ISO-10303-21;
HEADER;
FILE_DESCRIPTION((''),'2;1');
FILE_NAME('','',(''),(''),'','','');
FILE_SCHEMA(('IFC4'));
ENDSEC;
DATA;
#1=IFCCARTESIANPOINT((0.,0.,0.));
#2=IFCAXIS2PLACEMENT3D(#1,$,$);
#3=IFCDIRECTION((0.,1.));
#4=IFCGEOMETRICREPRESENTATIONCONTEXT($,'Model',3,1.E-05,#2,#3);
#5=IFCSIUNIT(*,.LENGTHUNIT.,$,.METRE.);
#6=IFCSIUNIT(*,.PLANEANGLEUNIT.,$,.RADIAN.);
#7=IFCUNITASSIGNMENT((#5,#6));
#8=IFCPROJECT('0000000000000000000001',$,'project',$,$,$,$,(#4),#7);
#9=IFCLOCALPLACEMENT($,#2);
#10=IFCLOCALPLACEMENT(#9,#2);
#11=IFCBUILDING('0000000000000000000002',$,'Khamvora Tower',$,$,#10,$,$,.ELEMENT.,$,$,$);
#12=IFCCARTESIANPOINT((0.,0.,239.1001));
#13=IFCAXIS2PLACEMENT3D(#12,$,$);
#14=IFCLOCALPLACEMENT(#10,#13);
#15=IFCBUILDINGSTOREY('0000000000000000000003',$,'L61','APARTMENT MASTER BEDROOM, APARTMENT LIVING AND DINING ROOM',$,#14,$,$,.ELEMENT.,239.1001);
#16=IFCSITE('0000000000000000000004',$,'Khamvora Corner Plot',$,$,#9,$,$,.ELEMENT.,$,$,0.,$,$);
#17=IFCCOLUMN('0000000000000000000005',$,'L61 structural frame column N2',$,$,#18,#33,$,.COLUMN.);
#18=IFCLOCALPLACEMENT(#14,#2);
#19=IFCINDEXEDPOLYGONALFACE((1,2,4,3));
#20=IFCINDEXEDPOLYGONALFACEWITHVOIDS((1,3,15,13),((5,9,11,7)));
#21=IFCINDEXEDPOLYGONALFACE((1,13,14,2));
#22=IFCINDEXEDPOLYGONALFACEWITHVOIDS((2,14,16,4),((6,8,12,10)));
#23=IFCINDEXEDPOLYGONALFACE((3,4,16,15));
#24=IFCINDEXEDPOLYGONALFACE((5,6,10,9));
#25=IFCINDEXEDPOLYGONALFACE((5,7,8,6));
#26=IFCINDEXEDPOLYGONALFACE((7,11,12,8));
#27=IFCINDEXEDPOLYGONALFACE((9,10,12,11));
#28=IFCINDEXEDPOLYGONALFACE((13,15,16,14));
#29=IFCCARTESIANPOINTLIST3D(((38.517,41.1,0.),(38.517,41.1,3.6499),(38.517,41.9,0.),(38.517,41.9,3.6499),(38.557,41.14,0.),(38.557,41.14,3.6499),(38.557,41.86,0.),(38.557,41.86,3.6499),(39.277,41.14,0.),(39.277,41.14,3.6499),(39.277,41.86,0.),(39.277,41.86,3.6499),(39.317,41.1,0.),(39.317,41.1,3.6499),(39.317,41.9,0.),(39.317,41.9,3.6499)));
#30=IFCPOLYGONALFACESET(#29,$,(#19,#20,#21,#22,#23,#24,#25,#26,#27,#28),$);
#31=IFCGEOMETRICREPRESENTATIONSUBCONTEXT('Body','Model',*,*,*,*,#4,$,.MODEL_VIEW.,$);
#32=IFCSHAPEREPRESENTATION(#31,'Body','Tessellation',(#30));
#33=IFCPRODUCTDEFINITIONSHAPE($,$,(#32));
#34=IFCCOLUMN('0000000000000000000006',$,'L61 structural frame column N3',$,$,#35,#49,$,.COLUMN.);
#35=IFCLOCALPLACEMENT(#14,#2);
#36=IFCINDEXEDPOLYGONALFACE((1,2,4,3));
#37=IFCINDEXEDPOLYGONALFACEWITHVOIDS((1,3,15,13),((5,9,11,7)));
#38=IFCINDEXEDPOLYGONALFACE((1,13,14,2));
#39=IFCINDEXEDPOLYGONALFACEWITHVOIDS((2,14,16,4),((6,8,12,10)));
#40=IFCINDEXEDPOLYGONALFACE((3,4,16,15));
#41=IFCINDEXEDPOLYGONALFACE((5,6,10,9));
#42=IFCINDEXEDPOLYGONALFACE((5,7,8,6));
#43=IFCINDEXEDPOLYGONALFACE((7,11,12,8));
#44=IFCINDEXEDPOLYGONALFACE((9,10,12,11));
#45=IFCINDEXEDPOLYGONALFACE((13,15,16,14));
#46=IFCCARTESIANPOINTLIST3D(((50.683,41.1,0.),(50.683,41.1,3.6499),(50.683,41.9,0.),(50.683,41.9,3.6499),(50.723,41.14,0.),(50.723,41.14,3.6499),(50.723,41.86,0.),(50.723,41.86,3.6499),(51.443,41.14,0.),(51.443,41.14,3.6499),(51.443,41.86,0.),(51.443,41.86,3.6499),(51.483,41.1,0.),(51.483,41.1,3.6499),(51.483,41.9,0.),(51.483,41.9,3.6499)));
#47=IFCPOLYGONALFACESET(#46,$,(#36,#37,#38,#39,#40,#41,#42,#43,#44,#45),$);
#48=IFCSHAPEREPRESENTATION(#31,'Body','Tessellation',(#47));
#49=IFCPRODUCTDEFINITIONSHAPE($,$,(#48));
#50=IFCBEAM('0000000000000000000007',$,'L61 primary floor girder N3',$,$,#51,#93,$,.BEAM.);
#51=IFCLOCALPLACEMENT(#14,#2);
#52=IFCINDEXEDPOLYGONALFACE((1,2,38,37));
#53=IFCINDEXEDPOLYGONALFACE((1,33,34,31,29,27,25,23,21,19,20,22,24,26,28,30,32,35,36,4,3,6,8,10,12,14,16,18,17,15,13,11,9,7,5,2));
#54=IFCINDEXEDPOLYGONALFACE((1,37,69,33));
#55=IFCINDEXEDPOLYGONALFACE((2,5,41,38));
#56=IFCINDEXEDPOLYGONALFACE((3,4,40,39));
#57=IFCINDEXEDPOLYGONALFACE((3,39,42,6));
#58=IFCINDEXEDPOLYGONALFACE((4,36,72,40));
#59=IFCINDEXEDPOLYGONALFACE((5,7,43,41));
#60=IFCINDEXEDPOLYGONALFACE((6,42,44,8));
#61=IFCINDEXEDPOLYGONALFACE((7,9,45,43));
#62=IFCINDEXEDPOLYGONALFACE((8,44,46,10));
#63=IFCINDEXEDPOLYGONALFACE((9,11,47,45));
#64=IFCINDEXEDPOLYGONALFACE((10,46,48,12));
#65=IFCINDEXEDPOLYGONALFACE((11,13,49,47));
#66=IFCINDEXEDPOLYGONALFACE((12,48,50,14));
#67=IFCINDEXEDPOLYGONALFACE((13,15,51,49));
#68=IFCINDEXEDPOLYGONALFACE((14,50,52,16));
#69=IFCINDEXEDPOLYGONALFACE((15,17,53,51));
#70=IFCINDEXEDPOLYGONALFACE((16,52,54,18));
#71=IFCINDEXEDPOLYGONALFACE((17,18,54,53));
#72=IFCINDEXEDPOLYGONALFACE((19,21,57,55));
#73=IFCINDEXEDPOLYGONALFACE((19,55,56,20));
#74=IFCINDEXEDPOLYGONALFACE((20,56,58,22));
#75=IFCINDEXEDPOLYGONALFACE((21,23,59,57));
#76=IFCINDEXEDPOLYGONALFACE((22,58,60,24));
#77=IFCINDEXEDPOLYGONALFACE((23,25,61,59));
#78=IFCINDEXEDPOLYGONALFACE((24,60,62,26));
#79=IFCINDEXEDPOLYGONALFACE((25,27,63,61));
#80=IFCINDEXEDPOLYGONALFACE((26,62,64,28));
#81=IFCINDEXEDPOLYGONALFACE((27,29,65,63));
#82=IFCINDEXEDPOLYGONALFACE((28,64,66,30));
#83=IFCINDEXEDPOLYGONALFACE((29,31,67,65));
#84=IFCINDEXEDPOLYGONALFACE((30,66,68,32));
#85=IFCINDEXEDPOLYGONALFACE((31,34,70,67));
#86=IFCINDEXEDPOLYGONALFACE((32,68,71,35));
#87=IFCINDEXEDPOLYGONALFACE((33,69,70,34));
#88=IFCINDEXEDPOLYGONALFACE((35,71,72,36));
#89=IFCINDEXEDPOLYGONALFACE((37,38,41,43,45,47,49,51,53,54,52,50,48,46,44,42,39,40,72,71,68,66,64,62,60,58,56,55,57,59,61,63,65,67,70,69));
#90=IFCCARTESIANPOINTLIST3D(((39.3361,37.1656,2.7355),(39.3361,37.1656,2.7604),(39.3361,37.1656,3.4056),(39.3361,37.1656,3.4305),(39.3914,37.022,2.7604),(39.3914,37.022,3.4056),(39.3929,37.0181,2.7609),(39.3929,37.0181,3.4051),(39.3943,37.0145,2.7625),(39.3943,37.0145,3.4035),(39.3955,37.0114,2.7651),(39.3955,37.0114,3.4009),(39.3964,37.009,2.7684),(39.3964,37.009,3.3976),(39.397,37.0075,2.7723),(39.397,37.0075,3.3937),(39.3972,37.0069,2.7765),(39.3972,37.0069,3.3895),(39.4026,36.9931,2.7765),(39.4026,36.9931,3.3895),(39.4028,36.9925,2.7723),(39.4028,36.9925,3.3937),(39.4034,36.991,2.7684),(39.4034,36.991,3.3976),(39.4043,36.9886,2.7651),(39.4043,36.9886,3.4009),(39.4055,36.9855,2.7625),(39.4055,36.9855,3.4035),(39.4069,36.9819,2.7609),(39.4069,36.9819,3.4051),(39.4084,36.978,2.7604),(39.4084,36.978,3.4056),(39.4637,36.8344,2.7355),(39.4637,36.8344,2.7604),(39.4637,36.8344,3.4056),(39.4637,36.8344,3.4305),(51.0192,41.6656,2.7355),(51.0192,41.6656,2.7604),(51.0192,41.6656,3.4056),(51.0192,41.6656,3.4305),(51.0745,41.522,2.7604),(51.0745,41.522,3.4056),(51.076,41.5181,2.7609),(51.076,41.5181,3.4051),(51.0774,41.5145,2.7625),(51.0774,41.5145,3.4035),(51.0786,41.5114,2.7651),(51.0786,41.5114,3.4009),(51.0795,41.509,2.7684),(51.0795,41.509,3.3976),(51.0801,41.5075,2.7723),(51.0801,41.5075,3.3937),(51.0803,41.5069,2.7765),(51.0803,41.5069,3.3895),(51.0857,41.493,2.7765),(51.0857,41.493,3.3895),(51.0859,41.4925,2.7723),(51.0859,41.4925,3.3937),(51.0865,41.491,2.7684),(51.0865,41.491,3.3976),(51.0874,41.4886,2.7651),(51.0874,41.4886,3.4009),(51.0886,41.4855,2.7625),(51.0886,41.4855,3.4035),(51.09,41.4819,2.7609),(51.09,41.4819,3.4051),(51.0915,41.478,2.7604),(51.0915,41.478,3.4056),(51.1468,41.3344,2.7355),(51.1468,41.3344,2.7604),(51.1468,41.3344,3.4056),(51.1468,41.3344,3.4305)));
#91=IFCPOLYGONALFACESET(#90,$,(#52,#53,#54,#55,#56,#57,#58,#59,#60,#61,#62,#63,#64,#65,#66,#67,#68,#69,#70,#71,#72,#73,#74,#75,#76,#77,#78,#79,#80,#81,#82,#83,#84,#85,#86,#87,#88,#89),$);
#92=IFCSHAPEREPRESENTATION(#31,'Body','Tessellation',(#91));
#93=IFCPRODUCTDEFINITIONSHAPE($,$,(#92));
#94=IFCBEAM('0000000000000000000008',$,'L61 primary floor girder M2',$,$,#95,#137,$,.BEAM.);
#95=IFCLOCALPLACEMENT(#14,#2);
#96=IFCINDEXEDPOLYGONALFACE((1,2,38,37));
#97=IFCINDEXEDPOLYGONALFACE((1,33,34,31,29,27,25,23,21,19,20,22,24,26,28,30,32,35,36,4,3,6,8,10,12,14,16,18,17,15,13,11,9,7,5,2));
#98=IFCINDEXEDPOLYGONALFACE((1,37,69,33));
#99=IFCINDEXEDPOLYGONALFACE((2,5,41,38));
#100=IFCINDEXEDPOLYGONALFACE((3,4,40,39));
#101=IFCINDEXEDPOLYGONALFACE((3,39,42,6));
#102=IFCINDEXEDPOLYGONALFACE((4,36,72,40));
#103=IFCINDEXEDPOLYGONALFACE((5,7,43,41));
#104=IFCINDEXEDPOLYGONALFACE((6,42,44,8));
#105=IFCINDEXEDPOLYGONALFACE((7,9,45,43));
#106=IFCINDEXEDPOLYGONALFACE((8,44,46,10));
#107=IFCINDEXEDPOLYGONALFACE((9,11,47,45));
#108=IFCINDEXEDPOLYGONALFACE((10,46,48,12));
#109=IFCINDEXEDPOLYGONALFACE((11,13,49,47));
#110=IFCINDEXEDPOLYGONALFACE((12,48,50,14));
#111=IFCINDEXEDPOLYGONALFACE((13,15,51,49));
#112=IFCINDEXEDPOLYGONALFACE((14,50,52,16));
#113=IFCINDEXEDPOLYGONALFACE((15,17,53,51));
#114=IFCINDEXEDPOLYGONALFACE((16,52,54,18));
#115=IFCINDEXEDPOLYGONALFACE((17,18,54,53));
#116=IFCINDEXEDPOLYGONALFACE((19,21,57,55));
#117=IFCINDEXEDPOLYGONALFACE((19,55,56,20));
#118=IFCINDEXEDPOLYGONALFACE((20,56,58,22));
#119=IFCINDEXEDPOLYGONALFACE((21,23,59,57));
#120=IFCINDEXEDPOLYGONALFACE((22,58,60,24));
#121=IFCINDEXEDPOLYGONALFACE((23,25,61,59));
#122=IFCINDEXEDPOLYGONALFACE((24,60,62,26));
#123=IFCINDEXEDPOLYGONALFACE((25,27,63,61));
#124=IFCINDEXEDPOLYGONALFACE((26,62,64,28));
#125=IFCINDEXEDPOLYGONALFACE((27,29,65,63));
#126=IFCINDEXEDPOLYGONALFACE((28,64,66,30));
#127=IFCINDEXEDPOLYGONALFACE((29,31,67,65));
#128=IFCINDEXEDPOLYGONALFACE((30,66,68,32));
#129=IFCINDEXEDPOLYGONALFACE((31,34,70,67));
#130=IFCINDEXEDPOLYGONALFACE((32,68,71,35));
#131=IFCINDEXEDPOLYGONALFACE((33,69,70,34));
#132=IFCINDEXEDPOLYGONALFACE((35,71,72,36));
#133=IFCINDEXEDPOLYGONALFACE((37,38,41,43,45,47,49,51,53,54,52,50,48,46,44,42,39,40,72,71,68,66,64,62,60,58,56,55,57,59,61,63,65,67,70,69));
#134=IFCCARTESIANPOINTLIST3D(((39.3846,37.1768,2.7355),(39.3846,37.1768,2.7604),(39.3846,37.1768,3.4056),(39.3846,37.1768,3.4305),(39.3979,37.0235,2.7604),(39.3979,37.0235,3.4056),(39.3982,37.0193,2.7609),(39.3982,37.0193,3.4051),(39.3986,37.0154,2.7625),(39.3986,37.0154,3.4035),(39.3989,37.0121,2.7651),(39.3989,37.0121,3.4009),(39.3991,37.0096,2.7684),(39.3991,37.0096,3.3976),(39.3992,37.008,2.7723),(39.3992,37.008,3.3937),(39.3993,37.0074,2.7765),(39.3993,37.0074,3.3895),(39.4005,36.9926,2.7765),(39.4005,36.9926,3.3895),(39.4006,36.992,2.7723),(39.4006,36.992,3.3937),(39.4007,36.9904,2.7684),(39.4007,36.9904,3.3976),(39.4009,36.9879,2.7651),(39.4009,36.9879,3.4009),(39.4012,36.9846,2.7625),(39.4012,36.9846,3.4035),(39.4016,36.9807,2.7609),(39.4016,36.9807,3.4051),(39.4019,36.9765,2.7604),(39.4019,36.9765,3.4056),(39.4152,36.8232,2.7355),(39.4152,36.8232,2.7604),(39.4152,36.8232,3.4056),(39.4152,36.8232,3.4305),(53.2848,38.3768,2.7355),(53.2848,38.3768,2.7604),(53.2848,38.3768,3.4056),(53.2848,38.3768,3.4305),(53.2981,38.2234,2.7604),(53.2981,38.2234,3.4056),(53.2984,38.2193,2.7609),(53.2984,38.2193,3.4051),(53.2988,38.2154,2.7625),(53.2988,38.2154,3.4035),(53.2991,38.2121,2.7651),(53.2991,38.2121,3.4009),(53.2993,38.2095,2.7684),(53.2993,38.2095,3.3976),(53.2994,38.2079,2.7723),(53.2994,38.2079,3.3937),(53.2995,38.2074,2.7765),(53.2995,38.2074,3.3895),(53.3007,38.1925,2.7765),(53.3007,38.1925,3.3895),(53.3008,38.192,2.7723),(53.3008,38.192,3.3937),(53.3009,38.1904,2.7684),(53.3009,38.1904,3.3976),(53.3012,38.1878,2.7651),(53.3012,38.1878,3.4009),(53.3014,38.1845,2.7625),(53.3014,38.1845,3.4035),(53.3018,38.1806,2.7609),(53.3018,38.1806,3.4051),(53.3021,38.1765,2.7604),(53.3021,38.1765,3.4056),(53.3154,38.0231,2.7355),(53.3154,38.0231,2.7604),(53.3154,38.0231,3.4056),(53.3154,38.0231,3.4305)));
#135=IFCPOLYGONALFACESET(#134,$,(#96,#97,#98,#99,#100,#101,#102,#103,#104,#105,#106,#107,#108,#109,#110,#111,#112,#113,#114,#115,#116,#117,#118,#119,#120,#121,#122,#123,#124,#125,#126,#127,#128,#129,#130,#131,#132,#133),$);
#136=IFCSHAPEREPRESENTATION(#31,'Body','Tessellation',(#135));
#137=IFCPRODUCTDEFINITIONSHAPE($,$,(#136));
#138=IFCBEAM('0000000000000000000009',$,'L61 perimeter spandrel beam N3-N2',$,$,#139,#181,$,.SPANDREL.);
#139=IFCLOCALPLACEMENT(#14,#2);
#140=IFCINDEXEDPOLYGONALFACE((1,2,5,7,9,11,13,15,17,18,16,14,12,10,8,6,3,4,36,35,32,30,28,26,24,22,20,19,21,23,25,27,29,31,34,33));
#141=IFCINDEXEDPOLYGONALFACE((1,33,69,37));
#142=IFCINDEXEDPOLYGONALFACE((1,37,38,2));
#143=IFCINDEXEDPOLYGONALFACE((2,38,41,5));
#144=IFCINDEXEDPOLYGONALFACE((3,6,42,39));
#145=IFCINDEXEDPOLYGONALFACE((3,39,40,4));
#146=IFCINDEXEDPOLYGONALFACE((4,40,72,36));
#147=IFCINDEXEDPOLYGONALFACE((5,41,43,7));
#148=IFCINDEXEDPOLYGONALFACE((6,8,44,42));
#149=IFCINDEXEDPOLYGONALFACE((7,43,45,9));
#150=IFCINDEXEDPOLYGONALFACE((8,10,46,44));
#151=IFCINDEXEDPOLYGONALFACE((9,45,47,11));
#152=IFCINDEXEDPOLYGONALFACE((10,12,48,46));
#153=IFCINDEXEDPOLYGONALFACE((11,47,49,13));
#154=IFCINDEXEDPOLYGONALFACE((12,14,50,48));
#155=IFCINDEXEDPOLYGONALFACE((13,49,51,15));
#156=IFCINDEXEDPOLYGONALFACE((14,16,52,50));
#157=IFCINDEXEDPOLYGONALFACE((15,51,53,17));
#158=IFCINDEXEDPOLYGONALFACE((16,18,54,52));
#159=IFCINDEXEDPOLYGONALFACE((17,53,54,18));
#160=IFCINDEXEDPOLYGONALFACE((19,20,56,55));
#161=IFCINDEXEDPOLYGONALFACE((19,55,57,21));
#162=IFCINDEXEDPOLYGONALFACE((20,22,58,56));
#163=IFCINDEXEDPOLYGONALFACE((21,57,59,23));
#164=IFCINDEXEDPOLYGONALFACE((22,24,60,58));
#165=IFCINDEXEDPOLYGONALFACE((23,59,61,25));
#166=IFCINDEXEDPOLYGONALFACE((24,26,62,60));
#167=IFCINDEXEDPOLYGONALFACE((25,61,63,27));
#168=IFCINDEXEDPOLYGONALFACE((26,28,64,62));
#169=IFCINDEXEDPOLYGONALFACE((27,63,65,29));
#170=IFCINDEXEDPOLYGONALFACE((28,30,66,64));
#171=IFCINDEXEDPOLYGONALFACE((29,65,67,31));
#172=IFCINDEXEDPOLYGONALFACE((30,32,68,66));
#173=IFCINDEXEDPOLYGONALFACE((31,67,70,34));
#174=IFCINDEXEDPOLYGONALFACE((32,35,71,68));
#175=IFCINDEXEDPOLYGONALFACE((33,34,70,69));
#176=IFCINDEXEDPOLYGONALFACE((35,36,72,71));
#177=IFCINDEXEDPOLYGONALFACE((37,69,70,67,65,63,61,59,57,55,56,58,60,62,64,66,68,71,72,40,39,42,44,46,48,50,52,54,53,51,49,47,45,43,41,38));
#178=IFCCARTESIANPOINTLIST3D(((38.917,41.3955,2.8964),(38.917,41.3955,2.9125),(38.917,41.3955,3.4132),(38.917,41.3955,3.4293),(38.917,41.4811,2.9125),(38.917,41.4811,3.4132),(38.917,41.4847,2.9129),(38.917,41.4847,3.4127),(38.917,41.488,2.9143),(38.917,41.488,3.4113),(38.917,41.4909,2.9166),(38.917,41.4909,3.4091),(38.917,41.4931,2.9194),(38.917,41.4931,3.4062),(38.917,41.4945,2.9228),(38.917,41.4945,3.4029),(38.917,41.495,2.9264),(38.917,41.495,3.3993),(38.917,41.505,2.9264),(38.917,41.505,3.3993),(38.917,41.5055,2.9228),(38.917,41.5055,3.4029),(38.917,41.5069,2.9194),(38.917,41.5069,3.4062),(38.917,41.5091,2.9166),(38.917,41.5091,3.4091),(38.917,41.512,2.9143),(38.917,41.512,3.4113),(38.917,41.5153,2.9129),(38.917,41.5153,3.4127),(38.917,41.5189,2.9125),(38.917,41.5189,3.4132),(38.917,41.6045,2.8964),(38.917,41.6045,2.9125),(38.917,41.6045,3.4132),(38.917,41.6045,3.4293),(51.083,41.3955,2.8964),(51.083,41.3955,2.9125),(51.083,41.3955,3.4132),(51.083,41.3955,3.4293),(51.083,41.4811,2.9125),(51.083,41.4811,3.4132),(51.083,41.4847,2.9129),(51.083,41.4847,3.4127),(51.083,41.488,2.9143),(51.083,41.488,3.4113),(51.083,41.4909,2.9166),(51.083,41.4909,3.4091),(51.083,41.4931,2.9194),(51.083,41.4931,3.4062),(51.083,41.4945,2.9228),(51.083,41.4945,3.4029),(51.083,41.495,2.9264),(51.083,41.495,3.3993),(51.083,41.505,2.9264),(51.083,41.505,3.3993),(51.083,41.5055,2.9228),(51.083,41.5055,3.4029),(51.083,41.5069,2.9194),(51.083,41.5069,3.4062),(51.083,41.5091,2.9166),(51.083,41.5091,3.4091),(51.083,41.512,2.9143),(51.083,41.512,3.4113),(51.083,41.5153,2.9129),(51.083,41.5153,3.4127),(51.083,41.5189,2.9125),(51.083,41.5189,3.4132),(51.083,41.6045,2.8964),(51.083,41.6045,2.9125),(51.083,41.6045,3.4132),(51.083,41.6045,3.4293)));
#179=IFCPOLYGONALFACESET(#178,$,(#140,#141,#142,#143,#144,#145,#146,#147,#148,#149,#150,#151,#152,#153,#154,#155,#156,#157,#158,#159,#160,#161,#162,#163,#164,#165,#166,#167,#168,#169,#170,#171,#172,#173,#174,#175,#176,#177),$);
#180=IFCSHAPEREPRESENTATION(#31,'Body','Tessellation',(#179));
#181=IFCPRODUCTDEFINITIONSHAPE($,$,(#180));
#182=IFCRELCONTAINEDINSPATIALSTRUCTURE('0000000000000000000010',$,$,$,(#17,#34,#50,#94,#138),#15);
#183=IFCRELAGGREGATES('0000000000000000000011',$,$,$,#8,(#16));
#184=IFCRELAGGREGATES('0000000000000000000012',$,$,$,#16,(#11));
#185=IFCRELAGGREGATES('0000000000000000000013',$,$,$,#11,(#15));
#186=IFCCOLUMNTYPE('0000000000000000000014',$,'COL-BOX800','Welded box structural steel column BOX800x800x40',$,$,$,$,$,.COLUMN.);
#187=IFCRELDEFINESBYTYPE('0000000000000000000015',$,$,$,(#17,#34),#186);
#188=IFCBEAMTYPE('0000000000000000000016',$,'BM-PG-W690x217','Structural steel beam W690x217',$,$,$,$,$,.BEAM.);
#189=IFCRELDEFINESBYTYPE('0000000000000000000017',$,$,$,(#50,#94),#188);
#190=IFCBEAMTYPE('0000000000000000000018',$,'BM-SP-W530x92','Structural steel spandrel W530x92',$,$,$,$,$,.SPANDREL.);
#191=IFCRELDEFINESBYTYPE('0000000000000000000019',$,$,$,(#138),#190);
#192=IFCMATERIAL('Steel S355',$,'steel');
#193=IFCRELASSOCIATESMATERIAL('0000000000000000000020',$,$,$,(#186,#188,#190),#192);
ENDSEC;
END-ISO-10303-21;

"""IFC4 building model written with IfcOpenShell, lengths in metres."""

from ifc_helpers import new_model, si_unit, direction, frame, origin, origin_2d, place, context, subcontext, project, spatial, hollow_rectangle, i_section, extrude, material, material_profile, profile_set, type_object, element, save


model = new_model("IFC4")

# Units and contexts
model_context = context("Model", 3, precision=1e-05, world=origin(), true_north=direction((0.0, 1.0)))
body_context = subcontext(model_context, "Body", "Model", "MODEL_VIEW")
ifc_project = project(units=[si_unit("LENGTHUNIT", "METRE"), si_unit("PLANEANGLEUNIT", "RADIAN")], contexts=[model_context])

# Site, building, storey
site_placement = place(None, origin())
site = spatial("IfcSite", under=ifc_project, at=site_placement, Name="Khamvora Corner Plot", CompositionType="ELEMENT", RefElevation=0.0)
building_placement = place(site_placement, origin())
building = spatial("IfcBuilding", under=site, at=building_placement, Name="Khamvora Tower", CompositionType="ELEMENT")
storey_placement = place(building_placement, frame((0.0, 0.0, 239.1001)))
storey = spatial("IfcBuildingStorey", under=building, at=storey_placement, Name="L61", Description="APARTMENT MASTER BEDROOM, APARTMENT LIVING AND DINING ROOM", CompositionType="ELEMENT", Elevation=239.1001)

# Columns
ifc_material_1 = material(Name="Steel S355", Category="steel")
ifc_material_profile_1 = material_profile(ifc_material_1, hollow_rectangle(XDim=0.8, YDim=0.8, WallThickness=0.04, at=origin_2d()), Name="BOX800x800x40")
ifc_profile_set_1 = profile_set([ifc_material_profile_1], Name="Steel S355")
column_type = type_object("IfcColumnType", Name="COL-BOX800", Description="Welded box structural steel column BOX800x800x40", PredefinedType="COLUMN", material=ifc_profile_set_1)
for number, where, z_axis, x_axis, name in (
    (1, (38.917, 41.5, 0.0), (0.0, 0.0, 1.0), (1.0, 0.0, 0.0), "L61 structural frame column N2"),
    (2, (51.083, 41.5, 0.0), (0.0, 0.0, 1.0), (1.0, 0.0, 0.0), "L61 structural frame column N3"),
):
    element("IfcColumn", number, at=place(storey_placement, frame(where, z_axis=z_axis, x_axis=x_axis)), inside=storey, type_object=column_type, Name=name, PredefinedType="COLUMN", context=body_context, shape_type="SweptSolid", body=[
        extrude(hollow_rectangle(XDim=0.8, YDim=0.8, WallThickness=0.04, at=origin_2d()), origin(), (0.0, 0.0, 1.0), 3.6499),
    ])

# Beams
ifc_material_profile_2 = material_profile(ifc_material_1, i_section(OverallWidth=0.355, OverallDepth=0.6951, WebThickness=0.0149, FlangeThickness=0.0249, FilletRadius=0.0161, at=origin_2d()), Name="W690x217")
ifc_profile_set_2 = profile_set([ifc_material_profile_2], Name="Steel S355")
beam_type_1 = type_object("IfcBeamType", Name="BM-PG-W690x217", Description="Structural steel beam W690x217", PredefinedType="BEAM", material=ifc_profile_set_2)
beam_1_placement = place(storey_placement, frame((39.3999, 37.0, 3.083), z_axis=(0.933172, 0.359431, 0.0), x_axis=(-0.359431, 0.933172, 0.0)))
element("IfcBeam", 3, at=beam_1_placement, inside=storey, type_object=beam_type_1, Name="L61 primary floor girder N3", PredefinedType="BEAM", context=body_context, shape_type="SweptSolid", body=[
    extrude(i_section(OverallWidth=0.355, OverallDepth=0.6951, WebThickness=0.0149, FlangeThickness=0.0249, FilletRadius=0.0161, at=origin_2d()), origin(), (0.0, 0.0, 1.0), 12.5198),
])
beam_2_placement = place(storey_placement, frame((39.3999, 37.0, 3.083), z_axis=(0.996295, 0.086007, 0.0), x_axis=(-0.086007, 0.996295, 0.0)))
element("IfcBeam", 4, at=beam_2_placement, inside=storey, type_object=beam_type_1, Name="L61 primary floor girder M2", PredefinedType="BEAM", context=body_context, shape_type="SweptSolid", body=[
    extrude(i_section(OverallWidth=0.355, OverallDepth=0.6951, WebThickness=0.0149, FlangeThickness=0.0249, FilletRadius=0.0161, at=origin_2d()), origin(), (0.0, 0.0, 1.0), 13.9519),
])
ifc_material_profile_3 = material_profile(ifc_material_1, i_section(OverallWidth=0.209, OverallDepth=0.533, WebThickness=0.01, FlangeThickness=0.0161, FilletRadius=0.0139, at=origin_2d()), Name="W530x92")
ifc_profile_set_3 = profile_set([ifc_material_profile_3], Name="Steel S355")
beam_type_2 = type_object("IfcBeamType", Name="BM-SP-W530x92", Description="Structural steel spandrel W530x92", PredefinedType="SPANDREL", material=ifc_profile_set_3)
beam_3_placement = place(storey_placement, frame((51.083, 41.5, 3.1628), z_axis=(-1.0, 0.0, 0.0), x_axis=(0.0, -1.0, 0.0)))
element("IfcBeam", 5, at=beam_3_placement, inside=storey, type_object=beam_type_2, Name="L61 perimeter spandrel beam N3-N2", PredefinedType="SPANDREL", context=body_context, shape_type="SweptSolid", body=[
    extrude(i_section(OverallWidth=0.209, OverallDepth=0.533, WebThickness=0.01, FlangeThickness=0.0161, FilletRadius=0.0139, at=origin_2d()), origin(), (0.0, 0.0, 1.0), 12.166),
])

save(model, "model.ifc")
